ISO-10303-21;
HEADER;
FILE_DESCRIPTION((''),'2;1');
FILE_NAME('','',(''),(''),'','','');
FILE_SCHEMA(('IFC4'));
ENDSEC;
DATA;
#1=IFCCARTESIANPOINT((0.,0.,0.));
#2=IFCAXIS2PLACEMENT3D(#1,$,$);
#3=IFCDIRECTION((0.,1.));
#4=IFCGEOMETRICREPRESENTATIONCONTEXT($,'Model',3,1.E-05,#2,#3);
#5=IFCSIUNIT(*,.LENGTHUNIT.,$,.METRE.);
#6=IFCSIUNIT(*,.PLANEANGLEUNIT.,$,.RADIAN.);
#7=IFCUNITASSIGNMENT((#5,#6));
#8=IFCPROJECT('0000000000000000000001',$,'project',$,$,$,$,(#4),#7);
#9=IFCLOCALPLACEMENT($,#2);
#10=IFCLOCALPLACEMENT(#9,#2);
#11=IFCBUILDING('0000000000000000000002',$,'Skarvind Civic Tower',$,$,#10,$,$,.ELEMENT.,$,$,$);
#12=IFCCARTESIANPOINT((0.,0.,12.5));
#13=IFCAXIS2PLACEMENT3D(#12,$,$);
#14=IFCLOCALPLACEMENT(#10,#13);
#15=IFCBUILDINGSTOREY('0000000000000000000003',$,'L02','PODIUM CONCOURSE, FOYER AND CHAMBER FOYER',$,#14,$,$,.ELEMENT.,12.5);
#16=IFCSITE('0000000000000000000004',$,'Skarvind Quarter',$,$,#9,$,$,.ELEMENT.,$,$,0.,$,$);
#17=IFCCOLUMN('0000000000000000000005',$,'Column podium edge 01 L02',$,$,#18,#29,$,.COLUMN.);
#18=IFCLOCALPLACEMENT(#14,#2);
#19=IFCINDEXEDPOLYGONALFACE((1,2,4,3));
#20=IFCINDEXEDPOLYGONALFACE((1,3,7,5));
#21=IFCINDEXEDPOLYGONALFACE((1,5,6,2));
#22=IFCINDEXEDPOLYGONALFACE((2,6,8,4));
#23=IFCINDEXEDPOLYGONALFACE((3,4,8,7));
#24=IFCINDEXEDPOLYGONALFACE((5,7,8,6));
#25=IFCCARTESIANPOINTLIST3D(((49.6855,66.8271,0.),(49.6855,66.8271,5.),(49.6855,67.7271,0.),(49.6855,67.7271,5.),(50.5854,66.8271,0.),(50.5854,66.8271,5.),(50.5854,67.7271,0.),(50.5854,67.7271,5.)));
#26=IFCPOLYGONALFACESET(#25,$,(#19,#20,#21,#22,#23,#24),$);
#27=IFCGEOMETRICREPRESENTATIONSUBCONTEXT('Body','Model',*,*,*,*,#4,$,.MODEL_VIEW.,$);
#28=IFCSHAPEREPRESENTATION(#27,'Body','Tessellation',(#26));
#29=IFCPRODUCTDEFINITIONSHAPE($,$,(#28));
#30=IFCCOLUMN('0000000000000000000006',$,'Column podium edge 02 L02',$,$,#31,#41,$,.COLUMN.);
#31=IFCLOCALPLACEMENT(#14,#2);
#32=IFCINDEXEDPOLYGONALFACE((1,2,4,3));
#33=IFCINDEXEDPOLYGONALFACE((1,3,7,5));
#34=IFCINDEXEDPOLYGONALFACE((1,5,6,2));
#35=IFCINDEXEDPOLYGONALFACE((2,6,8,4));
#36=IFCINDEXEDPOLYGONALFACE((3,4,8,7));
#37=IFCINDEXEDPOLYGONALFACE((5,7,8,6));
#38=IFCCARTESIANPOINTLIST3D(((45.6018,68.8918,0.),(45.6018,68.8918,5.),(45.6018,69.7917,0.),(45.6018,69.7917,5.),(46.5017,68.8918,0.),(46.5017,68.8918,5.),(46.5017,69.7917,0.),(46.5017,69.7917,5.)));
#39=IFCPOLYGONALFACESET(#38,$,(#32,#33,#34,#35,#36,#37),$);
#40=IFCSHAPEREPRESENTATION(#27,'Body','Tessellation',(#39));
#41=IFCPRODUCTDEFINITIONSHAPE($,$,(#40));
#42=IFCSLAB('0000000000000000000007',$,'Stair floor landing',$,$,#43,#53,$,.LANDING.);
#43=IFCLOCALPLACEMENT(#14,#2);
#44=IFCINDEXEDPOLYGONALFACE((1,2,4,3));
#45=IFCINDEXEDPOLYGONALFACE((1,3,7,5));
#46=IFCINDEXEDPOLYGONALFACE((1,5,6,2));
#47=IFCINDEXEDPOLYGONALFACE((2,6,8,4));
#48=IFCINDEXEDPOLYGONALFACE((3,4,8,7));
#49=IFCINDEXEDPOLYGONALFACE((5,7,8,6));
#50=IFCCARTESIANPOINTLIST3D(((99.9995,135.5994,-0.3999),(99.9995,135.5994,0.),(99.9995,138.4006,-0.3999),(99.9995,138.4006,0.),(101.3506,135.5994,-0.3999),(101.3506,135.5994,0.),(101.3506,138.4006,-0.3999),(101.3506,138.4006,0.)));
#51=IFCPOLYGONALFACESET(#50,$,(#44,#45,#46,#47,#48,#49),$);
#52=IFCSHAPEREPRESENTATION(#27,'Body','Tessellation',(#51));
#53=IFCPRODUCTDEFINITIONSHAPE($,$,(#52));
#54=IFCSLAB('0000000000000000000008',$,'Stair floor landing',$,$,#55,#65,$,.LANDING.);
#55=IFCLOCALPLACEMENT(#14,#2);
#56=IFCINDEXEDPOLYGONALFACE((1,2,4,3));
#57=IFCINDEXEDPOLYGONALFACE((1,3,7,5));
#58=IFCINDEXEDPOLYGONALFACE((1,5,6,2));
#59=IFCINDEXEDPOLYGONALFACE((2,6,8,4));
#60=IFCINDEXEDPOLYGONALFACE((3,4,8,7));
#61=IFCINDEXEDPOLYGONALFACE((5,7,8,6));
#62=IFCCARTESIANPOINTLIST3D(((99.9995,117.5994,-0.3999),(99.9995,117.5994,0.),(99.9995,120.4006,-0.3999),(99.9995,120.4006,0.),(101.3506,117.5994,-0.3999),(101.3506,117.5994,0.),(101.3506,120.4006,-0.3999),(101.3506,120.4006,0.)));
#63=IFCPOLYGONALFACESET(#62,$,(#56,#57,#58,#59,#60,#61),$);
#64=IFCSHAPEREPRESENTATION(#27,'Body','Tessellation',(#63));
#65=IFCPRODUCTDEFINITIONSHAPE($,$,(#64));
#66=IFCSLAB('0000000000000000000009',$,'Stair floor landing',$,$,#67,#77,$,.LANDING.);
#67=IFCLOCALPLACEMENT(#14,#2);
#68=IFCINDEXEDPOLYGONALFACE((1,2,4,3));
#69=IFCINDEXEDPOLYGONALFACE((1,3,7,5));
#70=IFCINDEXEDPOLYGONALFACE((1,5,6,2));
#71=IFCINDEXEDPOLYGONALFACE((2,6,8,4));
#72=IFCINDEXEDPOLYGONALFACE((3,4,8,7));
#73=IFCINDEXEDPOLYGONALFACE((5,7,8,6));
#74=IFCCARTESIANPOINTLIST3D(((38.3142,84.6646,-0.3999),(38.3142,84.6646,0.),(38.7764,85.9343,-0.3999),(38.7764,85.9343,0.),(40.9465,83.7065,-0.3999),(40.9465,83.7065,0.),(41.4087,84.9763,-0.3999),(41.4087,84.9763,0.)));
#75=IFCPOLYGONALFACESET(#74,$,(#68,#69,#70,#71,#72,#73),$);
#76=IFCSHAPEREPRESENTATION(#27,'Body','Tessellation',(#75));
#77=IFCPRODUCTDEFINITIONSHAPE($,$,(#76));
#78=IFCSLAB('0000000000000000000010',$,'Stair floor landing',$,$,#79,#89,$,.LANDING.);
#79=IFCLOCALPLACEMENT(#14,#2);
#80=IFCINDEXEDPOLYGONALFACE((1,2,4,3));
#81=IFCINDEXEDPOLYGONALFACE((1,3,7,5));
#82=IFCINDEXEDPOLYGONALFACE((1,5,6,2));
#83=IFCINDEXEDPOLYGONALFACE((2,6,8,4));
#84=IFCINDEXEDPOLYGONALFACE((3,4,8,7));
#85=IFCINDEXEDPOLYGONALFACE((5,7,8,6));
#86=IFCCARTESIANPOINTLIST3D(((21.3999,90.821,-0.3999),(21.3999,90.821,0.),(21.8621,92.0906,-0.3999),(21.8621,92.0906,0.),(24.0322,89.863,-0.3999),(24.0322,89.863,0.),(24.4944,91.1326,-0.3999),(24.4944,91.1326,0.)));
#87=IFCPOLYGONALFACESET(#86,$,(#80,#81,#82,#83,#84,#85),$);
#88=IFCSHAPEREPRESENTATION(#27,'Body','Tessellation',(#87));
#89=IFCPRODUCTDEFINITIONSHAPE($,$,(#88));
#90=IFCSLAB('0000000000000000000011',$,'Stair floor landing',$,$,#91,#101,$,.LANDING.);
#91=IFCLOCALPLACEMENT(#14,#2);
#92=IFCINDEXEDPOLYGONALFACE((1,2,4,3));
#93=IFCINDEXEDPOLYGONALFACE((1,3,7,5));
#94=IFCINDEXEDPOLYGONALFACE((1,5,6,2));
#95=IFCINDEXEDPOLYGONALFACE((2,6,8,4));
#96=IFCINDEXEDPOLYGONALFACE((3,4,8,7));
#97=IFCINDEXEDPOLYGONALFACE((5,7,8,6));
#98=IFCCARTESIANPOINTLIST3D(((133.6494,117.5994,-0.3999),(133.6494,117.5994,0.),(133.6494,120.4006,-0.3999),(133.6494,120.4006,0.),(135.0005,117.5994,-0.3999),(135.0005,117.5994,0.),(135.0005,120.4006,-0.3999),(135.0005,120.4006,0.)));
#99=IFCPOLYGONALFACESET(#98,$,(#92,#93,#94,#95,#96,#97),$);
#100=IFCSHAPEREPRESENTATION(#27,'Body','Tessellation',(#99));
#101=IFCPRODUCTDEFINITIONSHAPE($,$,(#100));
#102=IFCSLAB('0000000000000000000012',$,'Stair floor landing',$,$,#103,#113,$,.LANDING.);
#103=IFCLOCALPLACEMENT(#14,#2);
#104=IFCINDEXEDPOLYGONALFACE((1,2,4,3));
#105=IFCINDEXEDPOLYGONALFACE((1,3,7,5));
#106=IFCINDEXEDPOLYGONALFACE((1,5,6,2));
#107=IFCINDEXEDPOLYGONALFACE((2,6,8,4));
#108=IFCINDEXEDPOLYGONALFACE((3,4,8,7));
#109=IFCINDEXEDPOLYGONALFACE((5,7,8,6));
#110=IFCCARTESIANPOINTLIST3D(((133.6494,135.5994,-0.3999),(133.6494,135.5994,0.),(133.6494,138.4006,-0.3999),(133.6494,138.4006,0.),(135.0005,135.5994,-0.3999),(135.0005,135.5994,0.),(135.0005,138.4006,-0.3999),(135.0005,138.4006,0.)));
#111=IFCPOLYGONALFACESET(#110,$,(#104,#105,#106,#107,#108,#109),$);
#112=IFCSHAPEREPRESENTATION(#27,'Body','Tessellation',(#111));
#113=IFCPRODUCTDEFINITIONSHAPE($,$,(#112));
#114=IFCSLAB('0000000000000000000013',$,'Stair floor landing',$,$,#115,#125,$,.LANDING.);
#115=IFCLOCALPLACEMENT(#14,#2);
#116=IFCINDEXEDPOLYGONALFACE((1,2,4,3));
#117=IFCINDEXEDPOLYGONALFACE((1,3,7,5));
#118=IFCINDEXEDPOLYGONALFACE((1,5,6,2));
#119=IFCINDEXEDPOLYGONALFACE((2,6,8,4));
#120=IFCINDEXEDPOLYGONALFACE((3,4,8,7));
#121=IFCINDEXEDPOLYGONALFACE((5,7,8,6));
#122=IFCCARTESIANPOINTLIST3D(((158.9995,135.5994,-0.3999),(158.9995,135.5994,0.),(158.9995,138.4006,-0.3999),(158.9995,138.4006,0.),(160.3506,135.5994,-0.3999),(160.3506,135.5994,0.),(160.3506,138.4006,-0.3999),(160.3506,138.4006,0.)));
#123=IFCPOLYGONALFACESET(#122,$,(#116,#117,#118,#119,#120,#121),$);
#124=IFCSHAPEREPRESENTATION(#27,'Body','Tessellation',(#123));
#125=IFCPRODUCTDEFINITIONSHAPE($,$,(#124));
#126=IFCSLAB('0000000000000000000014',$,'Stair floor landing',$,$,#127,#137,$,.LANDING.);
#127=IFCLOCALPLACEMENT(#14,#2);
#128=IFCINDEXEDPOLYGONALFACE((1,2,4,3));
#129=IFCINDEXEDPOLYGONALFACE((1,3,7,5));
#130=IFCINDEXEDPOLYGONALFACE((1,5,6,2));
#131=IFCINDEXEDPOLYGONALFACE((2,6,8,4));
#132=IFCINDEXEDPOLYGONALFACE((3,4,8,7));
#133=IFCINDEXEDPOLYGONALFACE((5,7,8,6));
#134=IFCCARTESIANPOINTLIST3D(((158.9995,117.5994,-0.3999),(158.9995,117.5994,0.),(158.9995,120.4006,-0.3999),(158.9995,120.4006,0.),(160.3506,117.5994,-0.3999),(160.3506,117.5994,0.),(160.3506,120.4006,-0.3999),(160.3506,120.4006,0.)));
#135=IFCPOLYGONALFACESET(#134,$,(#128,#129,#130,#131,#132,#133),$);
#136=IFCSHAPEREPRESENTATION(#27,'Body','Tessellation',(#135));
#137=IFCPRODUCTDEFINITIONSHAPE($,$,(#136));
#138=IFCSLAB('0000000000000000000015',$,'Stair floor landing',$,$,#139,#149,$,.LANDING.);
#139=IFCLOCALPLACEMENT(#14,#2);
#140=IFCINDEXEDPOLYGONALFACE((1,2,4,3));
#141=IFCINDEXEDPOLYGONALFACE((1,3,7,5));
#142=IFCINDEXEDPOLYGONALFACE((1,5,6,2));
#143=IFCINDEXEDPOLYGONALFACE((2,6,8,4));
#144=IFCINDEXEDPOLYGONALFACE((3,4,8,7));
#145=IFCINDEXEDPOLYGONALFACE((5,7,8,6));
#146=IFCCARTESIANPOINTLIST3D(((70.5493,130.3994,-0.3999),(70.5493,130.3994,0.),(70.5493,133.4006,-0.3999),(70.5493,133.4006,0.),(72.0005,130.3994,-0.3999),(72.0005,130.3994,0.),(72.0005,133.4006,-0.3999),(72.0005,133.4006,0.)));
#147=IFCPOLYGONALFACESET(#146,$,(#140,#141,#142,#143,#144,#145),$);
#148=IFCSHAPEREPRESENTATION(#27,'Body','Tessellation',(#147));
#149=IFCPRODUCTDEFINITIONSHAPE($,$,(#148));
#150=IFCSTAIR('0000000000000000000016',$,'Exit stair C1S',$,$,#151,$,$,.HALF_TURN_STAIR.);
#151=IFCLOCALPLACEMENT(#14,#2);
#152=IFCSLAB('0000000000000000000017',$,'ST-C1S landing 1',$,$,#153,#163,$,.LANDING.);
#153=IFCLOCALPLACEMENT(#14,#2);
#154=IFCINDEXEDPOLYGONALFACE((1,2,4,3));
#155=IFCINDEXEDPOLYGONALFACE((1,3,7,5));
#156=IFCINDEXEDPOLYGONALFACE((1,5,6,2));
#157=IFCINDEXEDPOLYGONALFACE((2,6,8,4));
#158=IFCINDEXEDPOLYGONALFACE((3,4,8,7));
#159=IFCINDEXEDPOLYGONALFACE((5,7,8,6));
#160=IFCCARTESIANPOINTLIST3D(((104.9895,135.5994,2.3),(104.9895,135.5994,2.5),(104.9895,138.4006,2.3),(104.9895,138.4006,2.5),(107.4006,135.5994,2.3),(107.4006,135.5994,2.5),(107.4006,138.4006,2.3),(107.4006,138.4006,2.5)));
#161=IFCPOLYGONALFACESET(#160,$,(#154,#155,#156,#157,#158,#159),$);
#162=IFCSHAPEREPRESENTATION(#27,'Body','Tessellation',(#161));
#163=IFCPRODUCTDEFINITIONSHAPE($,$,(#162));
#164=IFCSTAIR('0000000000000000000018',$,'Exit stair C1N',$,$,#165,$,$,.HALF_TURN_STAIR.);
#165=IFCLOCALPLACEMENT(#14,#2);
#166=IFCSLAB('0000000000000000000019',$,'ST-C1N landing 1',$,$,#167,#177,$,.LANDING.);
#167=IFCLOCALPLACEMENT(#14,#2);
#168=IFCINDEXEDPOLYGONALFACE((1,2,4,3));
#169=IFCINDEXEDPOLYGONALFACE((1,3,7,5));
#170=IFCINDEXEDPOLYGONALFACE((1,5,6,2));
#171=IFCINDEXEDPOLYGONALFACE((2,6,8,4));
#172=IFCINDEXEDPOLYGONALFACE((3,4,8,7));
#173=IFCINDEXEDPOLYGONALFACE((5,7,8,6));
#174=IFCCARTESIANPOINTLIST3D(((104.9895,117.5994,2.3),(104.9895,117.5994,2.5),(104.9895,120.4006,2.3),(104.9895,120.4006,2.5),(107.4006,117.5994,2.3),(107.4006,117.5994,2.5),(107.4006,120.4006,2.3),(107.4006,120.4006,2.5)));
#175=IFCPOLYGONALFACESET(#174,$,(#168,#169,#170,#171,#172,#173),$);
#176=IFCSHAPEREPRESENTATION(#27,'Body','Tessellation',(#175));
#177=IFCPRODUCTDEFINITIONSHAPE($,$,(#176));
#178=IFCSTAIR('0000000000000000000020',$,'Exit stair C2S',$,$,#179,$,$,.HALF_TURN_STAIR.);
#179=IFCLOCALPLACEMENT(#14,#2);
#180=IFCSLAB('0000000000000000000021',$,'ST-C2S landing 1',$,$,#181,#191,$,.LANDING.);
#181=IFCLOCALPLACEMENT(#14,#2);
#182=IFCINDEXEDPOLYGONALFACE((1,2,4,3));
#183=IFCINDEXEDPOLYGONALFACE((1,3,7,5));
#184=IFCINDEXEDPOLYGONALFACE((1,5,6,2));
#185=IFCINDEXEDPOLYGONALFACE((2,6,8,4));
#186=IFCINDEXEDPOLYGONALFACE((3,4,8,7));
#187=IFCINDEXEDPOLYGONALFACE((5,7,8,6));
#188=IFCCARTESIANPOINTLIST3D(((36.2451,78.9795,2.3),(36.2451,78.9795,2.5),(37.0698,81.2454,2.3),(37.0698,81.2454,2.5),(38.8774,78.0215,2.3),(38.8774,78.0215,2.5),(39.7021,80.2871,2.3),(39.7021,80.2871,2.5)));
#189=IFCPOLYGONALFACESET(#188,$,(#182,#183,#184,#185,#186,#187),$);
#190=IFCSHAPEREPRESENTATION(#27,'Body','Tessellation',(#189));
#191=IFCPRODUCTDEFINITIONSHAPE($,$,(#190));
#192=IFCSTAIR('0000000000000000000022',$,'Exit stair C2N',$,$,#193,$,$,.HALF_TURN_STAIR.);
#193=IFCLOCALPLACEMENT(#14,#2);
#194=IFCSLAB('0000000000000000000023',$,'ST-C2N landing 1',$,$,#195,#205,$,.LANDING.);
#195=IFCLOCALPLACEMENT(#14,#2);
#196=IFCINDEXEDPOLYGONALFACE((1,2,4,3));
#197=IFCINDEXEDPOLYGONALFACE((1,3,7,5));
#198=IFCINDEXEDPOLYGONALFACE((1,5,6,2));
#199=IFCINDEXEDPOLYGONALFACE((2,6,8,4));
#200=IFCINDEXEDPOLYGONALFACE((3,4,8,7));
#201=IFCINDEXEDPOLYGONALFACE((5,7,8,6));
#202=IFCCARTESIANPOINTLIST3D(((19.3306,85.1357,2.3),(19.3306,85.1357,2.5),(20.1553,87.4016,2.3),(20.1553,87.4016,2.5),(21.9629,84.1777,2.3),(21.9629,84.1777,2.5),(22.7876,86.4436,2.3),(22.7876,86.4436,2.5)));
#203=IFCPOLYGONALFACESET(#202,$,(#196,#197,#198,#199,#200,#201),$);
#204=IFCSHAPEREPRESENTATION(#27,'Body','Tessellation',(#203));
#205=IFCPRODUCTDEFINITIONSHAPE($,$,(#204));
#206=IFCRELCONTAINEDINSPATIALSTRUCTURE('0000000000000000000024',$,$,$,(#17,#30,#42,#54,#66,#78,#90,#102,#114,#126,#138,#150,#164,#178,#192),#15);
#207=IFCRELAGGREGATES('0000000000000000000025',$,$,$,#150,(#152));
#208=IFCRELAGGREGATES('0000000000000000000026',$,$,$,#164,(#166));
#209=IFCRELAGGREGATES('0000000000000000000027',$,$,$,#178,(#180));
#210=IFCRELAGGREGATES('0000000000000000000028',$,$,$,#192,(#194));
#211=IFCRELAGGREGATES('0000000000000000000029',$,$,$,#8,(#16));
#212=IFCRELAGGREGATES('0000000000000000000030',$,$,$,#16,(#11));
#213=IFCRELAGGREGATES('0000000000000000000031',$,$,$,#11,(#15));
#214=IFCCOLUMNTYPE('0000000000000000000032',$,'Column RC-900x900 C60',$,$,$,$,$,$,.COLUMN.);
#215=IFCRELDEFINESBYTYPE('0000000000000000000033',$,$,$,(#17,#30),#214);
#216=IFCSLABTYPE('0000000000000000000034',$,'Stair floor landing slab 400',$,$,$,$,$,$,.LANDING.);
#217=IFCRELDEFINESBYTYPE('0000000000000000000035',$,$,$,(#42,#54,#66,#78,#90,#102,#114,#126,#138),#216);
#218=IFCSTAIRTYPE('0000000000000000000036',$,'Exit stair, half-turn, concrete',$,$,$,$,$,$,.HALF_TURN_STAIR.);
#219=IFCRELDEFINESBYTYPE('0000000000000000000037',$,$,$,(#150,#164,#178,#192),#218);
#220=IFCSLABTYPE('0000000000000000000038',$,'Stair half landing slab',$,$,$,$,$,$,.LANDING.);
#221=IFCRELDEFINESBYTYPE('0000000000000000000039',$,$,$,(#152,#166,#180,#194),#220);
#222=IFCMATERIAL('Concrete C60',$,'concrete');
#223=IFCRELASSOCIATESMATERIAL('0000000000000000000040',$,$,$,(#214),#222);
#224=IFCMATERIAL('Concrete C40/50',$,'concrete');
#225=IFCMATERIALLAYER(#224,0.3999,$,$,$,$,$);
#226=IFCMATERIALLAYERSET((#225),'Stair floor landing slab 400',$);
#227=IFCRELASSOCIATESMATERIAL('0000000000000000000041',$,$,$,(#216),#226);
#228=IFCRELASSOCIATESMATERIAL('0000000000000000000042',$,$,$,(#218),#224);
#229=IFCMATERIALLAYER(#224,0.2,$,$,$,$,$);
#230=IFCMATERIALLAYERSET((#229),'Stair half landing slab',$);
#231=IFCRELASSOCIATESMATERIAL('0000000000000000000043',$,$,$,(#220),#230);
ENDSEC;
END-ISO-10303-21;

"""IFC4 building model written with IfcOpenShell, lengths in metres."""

from ifc_helpers import new_model, si_unit, direction, frame, origin, origin_2d, place, context, subcontext, project, spatial, polyline, rectangle, outline, extrude, material, layer, layer_set, material_profile, profile_set, type_object, element, aggregate, save


model = new_model("IFC4")

# Units and contexts
model_context = context("Model", 3, precision=1e-05, world=origin(), true_north=direction((0.0, 1.0)))
body_context = subcontext(model_context, "Body", "Model", "MODEL_VIEW")
ifc_project = project(units=[si_unit("LENGTHUNIT", "METRE"), si_unit("PLANEANGLEUNIT", "RADIAN")], contexts=[model_context])

# Site, building, storey
site_placement = place(None, origin())
site = spatial("IfcSite", under=ifc_project, at=site_placement, Name="Skarvind Quarter", CompositionType="ELEMENT", RefElevation=0.0)
building_placement = place(site_placement, origin())
building = spatial("IfcBuilding", under=site, at=building_placement, Name="Skarvind Civic Tower", CompositionType="ELEMENT")
storey_placement = place(building_placement, frame((0.0, 0.0, 12.5)))
storey = spatial("IfcBuildingStorey", under=building, at=storey_placement, Name="L02", Description="PODIUM CONCOURSE, FOYER AND CHAMBER FOYER", CompositionType="ELEMENT", Elevation=12.5)

# Columns
ifc_material_1 = material(Name="Concrete C60", Category="concrete")
ifc_material_profile = material_profile(ifc_material_1, rectangle(XDim=0.8999, YDim=0.8999, at=origin_2d()), Name="RC-900x900")
ifc_profile_set = profile_set([ifc_material_profile], Name="Concrete C60")
column_type = type_object("IfcColumnType", Name="Column RC-900x900 C60", PredefinedType="COLUMN", material=ifc_profile_set)
for number, where, z_axis, x_axis, name in (
    (1, (50.1355, 67.2771, 0.0), (0.0, 0.0, 1.0), (1.0, 0.0, 0.0), "Column podium edge 01 L02"),
    (2, (46.0518, 69.3418, 0.0), (0.0, 0.0, 1.0), (1.0, 0.0, 0.0), "Column podium edge 02 L02"),
):
    element("IfcColumn", number, at=place(storey_placement, frame(where, z_axis=z_axis, x_axis=x_axis)), inside=storey, type_object=column_type, Name=name, PredefinedType="COLUMN", context=body_context, shape_type="SweptSolid", body=[
        extrude(rectangle(XDim=0.8999, YDim=0.8999, at=origin_2d()), origin(), (0.0, 0.0, 1.0), 5.0),
    ])

# Slabs
ifc_material_2 = material(Name="Concrete C40/50", Category="concrete")
ifc_layer_1 = layer(ifc_material_2, 0.3999)
ifc_layer_set_1 = layer_set([ifc_layer_1], Name="Stair floor landing slab 400")
slab_type_1 = type_object("IfcSlabType", Name="Stair floor landing slab 400", PredefinedType="LANDING", material=ifc_layer_set_1)
slab_1_placement = place(storey_placement, frame((0.0, 0.0, -0.3999)))
element("IfcSlab", 3, at=slab_1_placement, inside=storey, type_object=slab_type_1, Name="Stair floor landing", PredefinedType="LANDING", context=body_context, shape_type="SweptSolid", body=[
    extrude(outline(polyline([(101.3506, 138.4006), (101.3506, 135.5994), (99.9995, 135.5994), (99.9995, 138.4006), (101.3506, 138.4006)])), origin(), (0.0, 0.0, 1.0), 0.3999),
])
slab_2_placement = place(storey_placement, frame((0.0, 0.0, -0.3999)))
element("IfcSlab", 4, at=slab_2_placement, inside=storey, type_object=slab_type_1, Name="Stair floor landing", PredefinedType="LANDING", context=body_context, shape_type="SweptSolid", body=[
    extrude(outline(polyline([(101.3506, 120.4006), (101.3506, 117.5994), (99.9995, 117.5994), (99.9995, 120.4006), (101.3506, 120.4006)])), origin(), (0.0, 0.0, 1.0), 0.3999),
])
slab_3_placement = place(storey_placement, frame((0.0, 0.0, -0.3999)))
element("IfcSlab", 5, at=slab_3_placement, inside=storey, type_object=slab_type_1, Name="Stair floor landing", PredefinedType="LANDING", context=body_context, shape_type="SweptSolid", body=[
    extrude(outline(polyline([(40.9465, 83.7065), (38.3142, 84.6646), (38.7764, 85.9343), (41.4087, 84.9763), (40.9465, 83.7065)])), origin(), (0.0, 0.0, 1.0), 0.3999),
])
slab_4_placement = place(storey_placement, frame((0.0, 0.0, -0.3999)))
element("IfcSlab", 6, at=slab_4_placement, inside=storey, type_object=slab_type_1, Name="Stair floor landing", PredefinedType="LANDING", context=body_context, shape_type="SweptSolid", body=[
    extrude(outline(polyline([(24.0322, 89.863), (21.3999, 90.821), (21.8621, 92.0906), (24.4944, 91.1326), (24.0322, 89.863)])), origin(), (0.0, 0.0, 1.0), 0.3999),
])
slab_5_placement = place(storey_placement, frame((0.0, 0.0, -0.3999)))
element("IfcSlab", 7, at=slab_5_placement, inside=storey, type_object=slab_type_1, Name="Stair floor landing", PredefinedType="LANDING", context=body_context, shape_type="SweptSolid", body=[
    extrude(outline(polyline([(133.6494, 117.5994), (133.6494, 120.4006), (135.0005, 120.4006), (135.0005, 117.5994), (133.6494, 117.5994)])), origin(), (0.0, 0.0, 1.0), 0.3999),
])
slab_6_placement = place(storey_placement, frame((0.0, 0.0, -0.3999)))
element("IfcSlab", 8, at=slab_6_placement, inside=storey, type_object=slab_type_1, Name="Stair floor landing", PredefinedType="LANDING", context=body_context, shape_type="SweptSolid", body=[
    extrude(outline(polyline([(133.6494, 135.5994), (133.6494, 138.4006), (135.0005, 138.4006), (135.0005, 135.5994), (133.6494, 135.5994)])), origin(), (0.0, 0.0, 1.0), 0.3999),
])
slab_7_placement = place(storey_placement, frame((0.0, 0.0, -0.3999)))
element("IfcSlab", 9, at=slab_7_placement, inside=storey, type_object=slab_type_1, Name="Stair floor landing", PredefinedType="LANDING", context=body_context, shape_type="SweptSolid", body=[
    extrude(outline(polyline([(160.3506, 138.4006), (160.3506, 135.5994), (158.9995, 135.5994), (158.9995, 138.4006), (160.3506, 138.4006)])), origin(), (0.0, 0.0, 1.0), 0.3999),
])
slab_8_placement = place(storey_placement, frame((0.0, 0.0, -0.3999)))
element("IfcSlab", 10, at=slab_8_placement, inside=storey, type_object=slab_type_1, Name="Stair floor landing", PredefinedType="LANDING", context=body_context, shape_type="SweptSolid", body=[
    extrude(outline(polyline([(160.3506, 120.4006), (160.3506, 117.5994), (158.9995, 117.5994), (158.9995, 120.4006), (160.3506, 120.4006)])), origin(), (0.0, 0.0, 1.0), 0.3999),
])
slab_9_placement = place(storey_placement, frame((0.0, 0.0, -0.3999)))
element("IfcSlab", 11, at=slab_9_placement, inside=storey, type_object=slab_type_1, Name="Stair floor landing", PredefinedType="LANDING", context=body_context, shape_type="SweptSolid", body=[
    extrude(outline(polyline([(70.5493, 130.3994), (70.5493, 133.4006), (72.0005, 133.4006), (72.0005, 130.3994), (70.5493, 130.3994)])), origin(), (0.0, 0.0, 1.0), 0.3999),
])

# Stairs, slabs
stair_type_1 = type_object("IfcStairType", Name="Exit stair, half-turn, concrete", PredefinedType="HALF_TURN_STAIR", material=ifc_material_2)
stair_1_placement = place(storey_placement, origin())
stair_1 = element("IfcStair", 12, at=stair_1_placement, inside=storey, type_object=stair_type_1, Name="Exit stair C1S", PredefinedType="HALF_TURN_STAIR")
ifc_layer_2 = layer(ifc_material_2, 0.2)
ifc_layer_set_2 = layer_set([ifc_layer_2], Name="Stair half landing slab")
slab_type_2 = type_object("IfcSlabType", Name="Stair half landing slab", PredefinedType="LANDING", material=ifc_layer_set_2)
slab_10_placement = place(storey_placement, frame((0.0, 0.0, 2.3)))
slab_10 = element("IfcSlab", 13, at=slab_10_placement, type_object=slab_type_2, Name="ST-C1S landing 1", PredefinedType="LANDING", context=body_context, shape_type="SweptSolid", body=[
    extrude(outline(polyline([(104.9895, 135.5994), (104.9895, 138.4006), (107.4006, 138.4006), (107.4006, 135.5994), (104.9895, 135.5994)])), origin(), (0.0, 0.0, 1.0), 0.2),
])
aggregate(stair_1, [slab_10])
stair_2_placement = place(storey_placement, origin())
stair_2 = element("IfcStair", 14, at=stair_2_placement, inside=storey, type_object=stair_type_1, Name="Exit stair C1N", PredefinedType="HALF_TURN_STAIR")
slab_11_placement = place(storey_placement, frame((0.0, 0.0, 2.3)))
slab_11 = element("IfcSlab", 15, at=slab_11_placement, type_object=slab_type_2, Name="ST-C1N landing 1", PredefinedType="LANDING", context=body_context, shape_type="SweptSolid", body=[
    extrude(outline(polyline([(104.9895, 117.5994), (104.9895, 120.4006), (107.4006, 120.4006), (107.4006, 117.5994), (104.9895, 117.5994)])), origin(), (0.0, 0.0, 1.0), 0.2),
])
aggregate(stair_2, [slab_11])
stair_3_placement = place(storey_placement, origin())
stair_3 = element("IfcStair", 16, at=stair_3_placement, inside=storey, type_object=stair_type_1, Name="Exit stair C2S", PredefinedType="HALF_TURN_STAIR")
slab_12_placement = place(storey_placement, frame((0.0, 0.0, 2.3)))
slab_12 = element("IfcSlab", 17, at=slab_12_placement, type_object=slab_type_2, Name="ST-C2S landing 1", PredefinedType="LANDING", context=body_context, shape_type="SweptSolid", body=[
    extrude(outline(polyline([(37.0698, 81.2454), (39.7021, 80.2871), (38.8774, 78.0215), (36.2451, 78.9795), (37.0698, 81.2454)])), origin(), (0.0, 0.0, 1.0), 0.2),
])
aggregate(stair_3, [slab_12])
stair_4_placement = place(storey_placement, origin())
stair_4 = element("IfcStair", 18, at=stair_4_placement, inside=storey, type_object=stair_type_1, Name="Exit stair C2N", PredefinedType="HALF_TURN_STAIR")
slab_13_placement = place(storey_placement, frame((0.0, 0.0, 2.3)))
slab_13 = element("IfcSlab", 19, at=slab_13_placement, type_object=slab_type_2, Name="ST-C2N landing 1", PredefinedType="LANDING", context=body_context, shape_type="SweptSolid", body=[
    extrude(outline(polyline([(20.1553, 87.4016), (22.7876, 86.4436), (21.9629, 84.1777), (19.3306, 85.1357), (20.1553, 87.4016)])), origin(), (0.0, 0.0, 1.0), 0.2),
])
aggregate(stair_4, [slab_13])

save(model, "model.ifc")
